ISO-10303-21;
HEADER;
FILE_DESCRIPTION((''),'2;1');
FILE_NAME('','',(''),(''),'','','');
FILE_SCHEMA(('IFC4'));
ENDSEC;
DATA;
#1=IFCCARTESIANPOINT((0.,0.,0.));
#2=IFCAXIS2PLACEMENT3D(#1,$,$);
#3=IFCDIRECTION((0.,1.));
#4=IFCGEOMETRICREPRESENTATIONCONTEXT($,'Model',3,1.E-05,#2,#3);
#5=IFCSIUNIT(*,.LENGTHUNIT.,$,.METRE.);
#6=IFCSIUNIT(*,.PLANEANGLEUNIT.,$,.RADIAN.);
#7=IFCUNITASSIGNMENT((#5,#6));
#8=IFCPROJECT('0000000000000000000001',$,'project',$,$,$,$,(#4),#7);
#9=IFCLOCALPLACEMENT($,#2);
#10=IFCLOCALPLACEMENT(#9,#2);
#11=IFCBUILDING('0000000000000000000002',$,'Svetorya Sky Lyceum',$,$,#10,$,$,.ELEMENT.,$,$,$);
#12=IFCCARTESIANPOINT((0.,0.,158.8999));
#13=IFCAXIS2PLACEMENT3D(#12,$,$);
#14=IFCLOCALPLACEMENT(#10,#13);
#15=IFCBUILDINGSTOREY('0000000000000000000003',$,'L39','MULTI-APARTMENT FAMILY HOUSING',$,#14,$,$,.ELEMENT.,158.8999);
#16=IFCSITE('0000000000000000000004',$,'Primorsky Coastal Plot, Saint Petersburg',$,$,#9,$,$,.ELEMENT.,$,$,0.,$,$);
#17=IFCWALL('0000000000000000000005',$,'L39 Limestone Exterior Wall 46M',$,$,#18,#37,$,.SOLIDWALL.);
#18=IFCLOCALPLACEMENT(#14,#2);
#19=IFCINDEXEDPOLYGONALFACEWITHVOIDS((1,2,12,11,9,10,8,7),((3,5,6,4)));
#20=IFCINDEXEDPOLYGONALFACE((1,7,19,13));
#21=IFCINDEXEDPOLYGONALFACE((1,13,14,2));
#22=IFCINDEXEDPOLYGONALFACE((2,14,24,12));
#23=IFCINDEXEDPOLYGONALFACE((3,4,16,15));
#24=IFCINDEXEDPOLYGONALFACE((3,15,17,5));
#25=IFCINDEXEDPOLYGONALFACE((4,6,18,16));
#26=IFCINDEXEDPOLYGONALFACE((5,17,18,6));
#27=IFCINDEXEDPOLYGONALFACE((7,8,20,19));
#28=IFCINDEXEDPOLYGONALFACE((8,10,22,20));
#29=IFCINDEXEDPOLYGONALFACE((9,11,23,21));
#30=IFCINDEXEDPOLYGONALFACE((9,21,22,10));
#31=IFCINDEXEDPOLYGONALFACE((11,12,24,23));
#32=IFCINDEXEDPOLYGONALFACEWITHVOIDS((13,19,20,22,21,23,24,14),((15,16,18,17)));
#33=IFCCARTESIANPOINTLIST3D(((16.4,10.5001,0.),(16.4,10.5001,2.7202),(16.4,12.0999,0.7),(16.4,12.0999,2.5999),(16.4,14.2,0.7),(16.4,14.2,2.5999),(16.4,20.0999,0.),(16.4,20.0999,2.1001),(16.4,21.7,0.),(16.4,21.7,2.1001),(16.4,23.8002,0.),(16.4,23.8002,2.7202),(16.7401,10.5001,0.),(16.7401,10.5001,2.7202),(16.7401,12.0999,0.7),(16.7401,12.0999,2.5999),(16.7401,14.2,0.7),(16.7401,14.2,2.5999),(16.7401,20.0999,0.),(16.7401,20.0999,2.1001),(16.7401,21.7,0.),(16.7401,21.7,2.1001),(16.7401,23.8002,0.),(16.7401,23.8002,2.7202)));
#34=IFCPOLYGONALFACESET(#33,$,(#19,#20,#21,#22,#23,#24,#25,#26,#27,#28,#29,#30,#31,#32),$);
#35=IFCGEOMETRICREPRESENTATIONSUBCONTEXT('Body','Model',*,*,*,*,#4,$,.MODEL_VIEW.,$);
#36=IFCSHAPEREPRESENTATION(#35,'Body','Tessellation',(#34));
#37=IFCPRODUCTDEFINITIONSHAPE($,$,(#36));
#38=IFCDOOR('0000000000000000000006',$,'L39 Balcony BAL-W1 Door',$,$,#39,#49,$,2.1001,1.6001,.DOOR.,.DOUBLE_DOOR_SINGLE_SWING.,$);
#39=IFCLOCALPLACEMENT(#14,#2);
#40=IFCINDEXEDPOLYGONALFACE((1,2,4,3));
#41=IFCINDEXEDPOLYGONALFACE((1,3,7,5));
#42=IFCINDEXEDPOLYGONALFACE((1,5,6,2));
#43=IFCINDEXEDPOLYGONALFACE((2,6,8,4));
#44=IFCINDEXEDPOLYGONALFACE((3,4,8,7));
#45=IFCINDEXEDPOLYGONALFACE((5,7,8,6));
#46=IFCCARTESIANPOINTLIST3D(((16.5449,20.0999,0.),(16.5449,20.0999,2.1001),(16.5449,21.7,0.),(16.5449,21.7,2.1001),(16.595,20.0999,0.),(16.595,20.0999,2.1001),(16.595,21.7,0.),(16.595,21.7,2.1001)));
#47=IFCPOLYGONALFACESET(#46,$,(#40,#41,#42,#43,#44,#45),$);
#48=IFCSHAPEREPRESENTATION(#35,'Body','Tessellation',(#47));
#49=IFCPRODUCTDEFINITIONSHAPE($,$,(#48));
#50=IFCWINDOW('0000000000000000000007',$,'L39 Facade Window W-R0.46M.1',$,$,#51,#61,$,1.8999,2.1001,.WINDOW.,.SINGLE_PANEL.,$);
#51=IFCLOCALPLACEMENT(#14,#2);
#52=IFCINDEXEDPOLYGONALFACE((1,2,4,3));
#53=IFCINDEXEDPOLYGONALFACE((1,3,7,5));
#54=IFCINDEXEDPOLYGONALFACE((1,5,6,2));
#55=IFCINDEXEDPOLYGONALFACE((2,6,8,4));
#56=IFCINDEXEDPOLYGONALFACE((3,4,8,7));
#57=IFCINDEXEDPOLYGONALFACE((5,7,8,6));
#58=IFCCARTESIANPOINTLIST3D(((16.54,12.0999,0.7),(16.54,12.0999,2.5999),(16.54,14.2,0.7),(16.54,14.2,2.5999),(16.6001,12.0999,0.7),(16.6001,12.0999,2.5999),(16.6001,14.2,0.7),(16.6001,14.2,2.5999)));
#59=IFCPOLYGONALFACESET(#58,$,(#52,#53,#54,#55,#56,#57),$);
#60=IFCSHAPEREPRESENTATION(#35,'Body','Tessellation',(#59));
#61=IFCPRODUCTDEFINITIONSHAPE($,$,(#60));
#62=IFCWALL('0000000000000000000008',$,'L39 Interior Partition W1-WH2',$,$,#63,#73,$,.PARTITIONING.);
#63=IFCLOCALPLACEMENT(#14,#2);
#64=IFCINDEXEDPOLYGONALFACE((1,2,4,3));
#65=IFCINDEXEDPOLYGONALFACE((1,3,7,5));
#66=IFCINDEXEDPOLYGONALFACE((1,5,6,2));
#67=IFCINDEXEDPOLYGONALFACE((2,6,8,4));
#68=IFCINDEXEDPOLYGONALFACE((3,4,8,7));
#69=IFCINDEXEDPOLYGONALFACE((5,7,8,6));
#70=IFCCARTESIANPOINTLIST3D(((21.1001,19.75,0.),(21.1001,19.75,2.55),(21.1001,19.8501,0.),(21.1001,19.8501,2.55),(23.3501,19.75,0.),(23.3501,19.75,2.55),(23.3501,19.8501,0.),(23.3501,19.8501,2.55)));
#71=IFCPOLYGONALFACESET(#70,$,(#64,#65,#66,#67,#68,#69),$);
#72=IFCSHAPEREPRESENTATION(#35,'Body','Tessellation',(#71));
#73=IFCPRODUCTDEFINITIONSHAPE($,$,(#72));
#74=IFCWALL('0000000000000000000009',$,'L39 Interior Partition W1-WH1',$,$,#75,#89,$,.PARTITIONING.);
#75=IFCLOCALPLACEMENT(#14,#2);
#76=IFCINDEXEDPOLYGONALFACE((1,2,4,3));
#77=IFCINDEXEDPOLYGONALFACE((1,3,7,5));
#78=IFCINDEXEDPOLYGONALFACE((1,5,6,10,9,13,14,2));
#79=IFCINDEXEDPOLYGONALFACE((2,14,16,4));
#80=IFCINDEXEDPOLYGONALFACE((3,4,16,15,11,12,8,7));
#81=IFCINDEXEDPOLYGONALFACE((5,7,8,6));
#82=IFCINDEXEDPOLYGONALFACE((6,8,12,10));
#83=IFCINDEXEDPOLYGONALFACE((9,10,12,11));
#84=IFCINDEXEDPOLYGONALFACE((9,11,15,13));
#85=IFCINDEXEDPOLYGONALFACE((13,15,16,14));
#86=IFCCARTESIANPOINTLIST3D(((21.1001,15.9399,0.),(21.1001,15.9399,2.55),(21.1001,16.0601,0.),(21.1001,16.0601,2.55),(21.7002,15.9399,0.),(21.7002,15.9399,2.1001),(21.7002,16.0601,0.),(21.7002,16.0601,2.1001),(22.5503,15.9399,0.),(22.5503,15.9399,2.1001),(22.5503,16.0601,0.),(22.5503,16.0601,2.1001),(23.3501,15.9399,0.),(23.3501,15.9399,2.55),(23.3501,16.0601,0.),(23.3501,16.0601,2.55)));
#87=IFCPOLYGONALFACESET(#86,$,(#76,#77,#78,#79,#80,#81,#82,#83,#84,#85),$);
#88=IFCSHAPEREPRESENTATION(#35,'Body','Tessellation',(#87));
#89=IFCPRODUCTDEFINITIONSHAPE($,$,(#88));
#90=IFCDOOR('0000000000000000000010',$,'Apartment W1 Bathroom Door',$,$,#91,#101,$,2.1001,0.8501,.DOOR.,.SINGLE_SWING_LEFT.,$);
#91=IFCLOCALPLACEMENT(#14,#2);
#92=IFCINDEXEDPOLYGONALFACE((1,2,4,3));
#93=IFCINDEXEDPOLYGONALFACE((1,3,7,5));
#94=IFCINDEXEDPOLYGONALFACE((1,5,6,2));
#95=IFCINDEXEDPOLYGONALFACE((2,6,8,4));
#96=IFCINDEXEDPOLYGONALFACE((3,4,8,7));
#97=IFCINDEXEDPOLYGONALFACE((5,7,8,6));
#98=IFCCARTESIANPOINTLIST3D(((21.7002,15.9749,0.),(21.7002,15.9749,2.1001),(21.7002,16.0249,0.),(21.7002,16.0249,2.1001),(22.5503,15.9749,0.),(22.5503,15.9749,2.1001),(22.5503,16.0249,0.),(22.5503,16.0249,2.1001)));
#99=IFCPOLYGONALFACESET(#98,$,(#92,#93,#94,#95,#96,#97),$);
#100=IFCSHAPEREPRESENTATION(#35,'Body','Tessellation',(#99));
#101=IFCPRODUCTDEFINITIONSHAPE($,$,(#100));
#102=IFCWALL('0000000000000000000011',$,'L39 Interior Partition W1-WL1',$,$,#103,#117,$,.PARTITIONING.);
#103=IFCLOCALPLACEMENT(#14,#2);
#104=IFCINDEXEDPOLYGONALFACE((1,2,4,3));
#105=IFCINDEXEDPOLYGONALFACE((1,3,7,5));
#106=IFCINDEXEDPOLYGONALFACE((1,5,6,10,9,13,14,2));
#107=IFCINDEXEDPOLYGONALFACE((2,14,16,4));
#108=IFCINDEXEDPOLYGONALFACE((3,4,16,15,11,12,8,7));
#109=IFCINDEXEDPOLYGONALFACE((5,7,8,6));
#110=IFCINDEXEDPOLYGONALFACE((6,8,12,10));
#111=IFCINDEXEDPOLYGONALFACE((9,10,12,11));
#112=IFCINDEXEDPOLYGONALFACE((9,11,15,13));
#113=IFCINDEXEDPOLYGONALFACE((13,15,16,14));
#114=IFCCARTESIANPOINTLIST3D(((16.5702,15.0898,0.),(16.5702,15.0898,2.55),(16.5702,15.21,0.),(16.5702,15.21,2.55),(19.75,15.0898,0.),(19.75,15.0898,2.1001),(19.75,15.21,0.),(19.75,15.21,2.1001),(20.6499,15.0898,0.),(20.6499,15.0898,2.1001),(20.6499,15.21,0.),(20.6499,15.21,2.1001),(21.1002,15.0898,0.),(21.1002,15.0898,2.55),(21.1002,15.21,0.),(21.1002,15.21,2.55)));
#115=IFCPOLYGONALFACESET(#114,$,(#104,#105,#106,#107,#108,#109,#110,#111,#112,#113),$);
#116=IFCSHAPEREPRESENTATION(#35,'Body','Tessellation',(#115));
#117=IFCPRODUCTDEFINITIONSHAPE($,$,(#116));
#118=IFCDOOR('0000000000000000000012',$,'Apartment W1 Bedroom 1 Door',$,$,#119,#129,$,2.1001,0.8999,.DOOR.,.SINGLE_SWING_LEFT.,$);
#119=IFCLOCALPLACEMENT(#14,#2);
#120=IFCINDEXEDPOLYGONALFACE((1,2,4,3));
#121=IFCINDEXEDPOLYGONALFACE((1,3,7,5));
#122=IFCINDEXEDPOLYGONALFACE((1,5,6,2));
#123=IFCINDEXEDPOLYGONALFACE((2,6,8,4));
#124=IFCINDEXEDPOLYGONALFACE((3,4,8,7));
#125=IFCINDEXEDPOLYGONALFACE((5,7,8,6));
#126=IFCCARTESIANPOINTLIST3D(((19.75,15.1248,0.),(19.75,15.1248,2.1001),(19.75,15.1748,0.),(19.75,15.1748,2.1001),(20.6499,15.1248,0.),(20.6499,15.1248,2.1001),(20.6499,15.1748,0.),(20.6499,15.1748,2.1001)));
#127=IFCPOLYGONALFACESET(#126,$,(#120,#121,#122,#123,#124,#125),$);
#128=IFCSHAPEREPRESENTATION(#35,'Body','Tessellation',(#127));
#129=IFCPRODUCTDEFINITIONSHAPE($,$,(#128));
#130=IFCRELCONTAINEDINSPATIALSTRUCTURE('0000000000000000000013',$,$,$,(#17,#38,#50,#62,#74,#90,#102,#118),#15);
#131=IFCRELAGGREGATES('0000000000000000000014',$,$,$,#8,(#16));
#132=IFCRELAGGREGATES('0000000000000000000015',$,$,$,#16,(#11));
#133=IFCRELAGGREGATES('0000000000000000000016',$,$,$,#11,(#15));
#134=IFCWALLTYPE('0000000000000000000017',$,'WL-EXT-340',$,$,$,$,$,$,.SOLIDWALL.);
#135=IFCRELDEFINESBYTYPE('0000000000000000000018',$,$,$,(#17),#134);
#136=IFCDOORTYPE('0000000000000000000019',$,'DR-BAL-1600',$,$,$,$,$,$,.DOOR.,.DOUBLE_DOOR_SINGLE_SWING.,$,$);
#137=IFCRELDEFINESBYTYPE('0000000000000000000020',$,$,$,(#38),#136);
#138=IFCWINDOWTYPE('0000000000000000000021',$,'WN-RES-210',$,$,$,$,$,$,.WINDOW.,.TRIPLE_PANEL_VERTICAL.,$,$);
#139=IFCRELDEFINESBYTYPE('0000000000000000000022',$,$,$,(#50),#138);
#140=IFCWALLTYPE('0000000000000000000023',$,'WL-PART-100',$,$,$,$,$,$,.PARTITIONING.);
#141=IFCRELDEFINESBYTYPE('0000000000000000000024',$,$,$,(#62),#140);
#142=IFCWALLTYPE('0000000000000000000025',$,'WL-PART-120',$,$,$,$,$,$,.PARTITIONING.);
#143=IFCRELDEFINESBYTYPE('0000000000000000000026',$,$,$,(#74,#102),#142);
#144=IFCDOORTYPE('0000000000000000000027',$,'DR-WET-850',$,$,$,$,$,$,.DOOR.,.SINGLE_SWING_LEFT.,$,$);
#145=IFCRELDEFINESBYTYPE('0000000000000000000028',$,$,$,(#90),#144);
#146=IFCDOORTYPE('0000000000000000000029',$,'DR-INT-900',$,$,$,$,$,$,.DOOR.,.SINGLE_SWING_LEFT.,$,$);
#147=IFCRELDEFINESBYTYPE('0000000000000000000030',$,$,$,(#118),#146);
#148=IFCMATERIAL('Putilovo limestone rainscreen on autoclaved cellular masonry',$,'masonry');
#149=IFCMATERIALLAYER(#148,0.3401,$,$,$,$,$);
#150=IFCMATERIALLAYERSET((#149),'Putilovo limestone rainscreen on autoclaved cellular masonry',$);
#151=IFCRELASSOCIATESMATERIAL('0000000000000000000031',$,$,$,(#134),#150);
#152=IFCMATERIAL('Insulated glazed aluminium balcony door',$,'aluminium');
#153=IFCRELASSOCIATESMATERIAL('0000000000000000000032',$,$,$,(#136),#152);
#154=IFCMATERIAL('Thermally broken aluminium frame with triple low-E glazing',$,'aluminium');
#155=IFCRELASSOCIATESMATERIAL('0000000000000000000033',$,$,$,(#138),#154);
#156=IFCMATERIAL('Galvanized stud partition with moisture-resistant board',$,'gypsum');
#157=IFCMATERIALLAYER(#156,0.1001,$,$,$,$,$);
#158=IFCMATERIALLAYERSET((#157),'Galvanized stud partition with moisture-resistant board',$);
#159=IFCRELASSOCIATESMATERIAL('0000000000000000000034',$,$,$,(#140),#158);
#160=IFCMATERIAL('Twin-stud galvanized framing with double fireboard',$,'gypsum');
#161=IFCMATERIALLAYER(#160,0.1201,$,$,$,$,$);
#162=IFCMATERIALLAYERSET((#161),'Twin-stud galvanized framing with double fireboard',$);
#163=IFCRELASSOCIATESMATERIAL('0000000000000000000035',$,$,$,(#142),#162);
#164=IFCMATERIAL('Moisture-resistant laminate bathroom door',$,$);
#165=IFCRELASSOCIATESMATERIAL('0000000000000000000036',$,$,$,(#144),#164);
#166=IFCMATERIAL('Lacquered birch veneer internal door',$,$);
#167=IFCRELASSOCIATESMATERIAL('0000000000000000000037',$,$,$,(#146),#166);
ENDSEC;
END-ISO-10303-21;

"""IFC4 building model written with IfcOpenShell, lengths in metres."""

from ifc_helpers import new_model, si_unit, direction, frame, frame_2d, origin, place, context, subcontext, project, spatial, rectangle, extrude, material, layer, layer_set, type_object, element, fill, save


model = new_model("IFC4")

# Units and contexts
model_context = context("Model", 3, precision=1e-05, world=origin(), true_north=direction((0.0, 1.0)))
body_context = subcontext(model_context, "Body", "Model", "MODEL_VIEW")
ifc_project = project(units=[si_unit("LENGTHUNIT", "METRE"), si_unit("PLANEANGLEUNIT", "RADIAN")], contexts=[model_context])

# Site, building, storey
site_placement = place(None, origin())
site = spatial("IfcSite", under=ifc_project, at=site_placement, Name="Primorsky Coastal Plot, Saint Petersburg", CompositionType="ELEMENT", RefElevation=0.0)
building_placement = place(site_placement, origin())
building = spatial("IfcBuilding", under=site, at=building_placement, Name="Svetorya Sky Lyceum", CompositionType="ELEMENT")
storey_placement = place(building_placement, frame((0.0, 0.0, 158.8999)))
storey = spatial("IfcBuildingStorey", under=building, at=storey_placement, Name="L39", Description="MULTI-APARTMENT FAMILY HOUSING", CompositionType="ELEMENT", Elevation=158.8999)

# Shared definitions
ifc_material_1 = material(Name="Putilovo limestone rainscreen on autoclaved cellular masonry", Category="masonry")
ifc_layer_1 = layer(ifc_material_1, 0.3401)
ifc_layer_set_1 = layer_set([ifc_layer_1], Name="Putilovo limestone rainscreen on autoclaved cellular masonry")
wall_type_1 = type_object("IfcWallType", Name="WL-EXT-340", PredefinedType="SOLIDWALL", material=ifc_layer_set_1)

# Shared definitions
ifc_material_2 = material(Name="Thermally broken aluminium frame with triple low-E glazing", Category="aluminium")

# Wall, openings, door, window
wall_1_placement = place(storey_placement, frame((16.5701, 23.8, 0.0), z_axis=(0.0, 0.0, 1.0), x_axis=(0.0, -1.0, 0.0)))
wall_1 = element("IfcWall", 1, at=wall_1_placement, inside=storey, type_object=wall_type_1, Name="L39 Limestone Exterior Wall 46M", PredefinedType="SOLIDWALL", context=body_context, shape_type="SweptSolid", body=[
    extrude(rectangle(XDim=13.3, YDim=0.3401, at=frame_2d((6.6499, 0.0))), origin(), (0.0, 0.0, 1.0), 2.7202),
])
opening_1_placement = place(wall_1_placement, frame((2.1001, 0.0, 0.0)))
opening_1 = element("IfcOpeningElement", 2, at=opening_1_placement, cuts=wall_1, PredefinedType="OPENING", context=body_context, shape_type="SweptSolid", body=[
    extrude(rectangle(XDim=1.6001, YDim=2.1001, at=frame_2d((0.8, 1.05))), frame((0.0, 0.1799, 0.0), z_axis=(0.0, -1.0, 0.0), x_axis=(1.0, 0.0, 0.0)), (0.0, 0.0, 1.0), 0.3601),
])
opening_2_placement = place(wall_1_placement, frame((9.6001, 0.0, 0.7)))
opening_2 = element("IfcOpeningElement", 3, at=opening_2_placement, cuts=wall_1, PredefinedType="OPENING", context=body_context, shape_type="SweptSolid", body=[
    extrude(rectangle(XDim=2.1001, YDim=1.8999, at=frame_2d((1.05, 0.95))), frame((0.0, 0.1799, 0.0), z_axis=(0.0, -1.0, 0.0), x_axis=(1.0, 0.0, 0.0)), (0.0, 0.0, 1.0), 0.3601),
])
ifc_material_3 = material(Name="Insulated glazed aluminium balcony door", Category="aluminium")
door_type_1 = type_object("IfcDoorType", Name="DR-BAL-1600", OperationType="DOUBLE_DOOR_SINGLE_SWING", PredefinedType="DOOR", material=ifc_material_3)
door_1_placement = place(opening_1_placement, origin())
door_1 = element("IfcDoor", 4, at=door_1_placement, inside=storey, type_object=door_type_1, Name="L39 Balcony BAL-W1 Door", OperationType="DOUBLE_DOOR_SINGLE_SWING", OverallHeight=2.1001, OverallWidth=1.6001, PredefinedType="DOOR", context=body_context, shape_type="SweptSolid", body=[
    extrude(rectangle(XDim=1.6001, YDim=2.1001, at=frame_2d((0.8, 1.05))), frame((0.0, 0.0249, 0.0), z_axis=(0.0, -1.0, 0.0), x_axis=(1.0, 0.0, 0.0)), (0.0, 0.0, 1.0), 0.05),
])
fill(opening_1, door_1)
window_type_1 = type_object("IfcWindowType", Name="WN-RES-210", PartitioningType="TRIPLE_PANEL_VERTICAL", PredefinedType="WINDOW", material=ifc_material_2)
window_1_placement = place(opening_2_placement, origin())
window_1 = element("IfcWindow", 5, at=window_1_placement, inside=storey, type_object=window_type_1, Name="L39 Facade Window W-R0.46M.1", OverallHeight=1.8999, OverallWidth=2.1001, PartitioningType="SINGLE_PANEL", PredefinedType="WINDOW", context=body_context, shape_type="SweptSolid", body=[
    extrude(rectangle(XDim=2.1001, YDim=1.8999, at=frame_2d((1.05, 0.95))), frame((0.0, 0.03, 0.0), z_axis=(0.0, -1.0, 0.0), x_axis=(1.0, 0.0, 0.0)), (0.0, 0.0, 1.0), 0.0601),
])
fill(opening_2, window_1)

# Wall
ifc_material_4 = material(Name="Galvanized stud partition with moisture-resistant board", Category="gypsum")
ifc_layer_2 = layer(ifc_material_4, 0.1001)
ifc_layer_set_2 = layer_set([ifc_layer_2], Name="Galvanized stud partition with moisture-resistant board")
wall_type_2 = type_object("IfcWallType", Name="WL-PART-100", PredefinedType="PARTITIONING", material=ifc_layer_set_2)
wall_2_placement = place(storey_placement, frame((21.1001, 19.8, 0.0), z_axis=(0.0, 0.0, 1.0), x_axis=(1.0, 0.0, 0.0)))
element("IfcWall", 6, at=wall_2_placement, inside=storey, type_object=wall_type_2, Name="L39 Interior Partition W1-WH2", PredefinedType="PARTITIONING", context=body_context, shape_type="SweptSolid", body=[
    extrude(rectangle(XDim=2.25, YDim=0.1001, at=frame_2d((1.125, 0.0))), origin(), (0.0, 0.0, 1.0), 2.55),
])

# Walls, openings, doors
ifc_material_5 = material(Name="Twin-stud galvanized framing with double fireboard", Category="gypsum")
ifc_layer_3 = layer(ifc_material_5, 0.1201)
ifc_layer_set_3 = layer_set([ifc_layer_3], Name="Twin-stud galvanized framing with double fireboard")
wall_type_3 = type_object("IfcWallType", Name="WL-PART-120", PredefinedType="PARTITIONING", material=ifc_layer_set_3)
wall_3_placement = place(storey_placement, frame((21.1001, 16.0, 0.0), z_axis=(0.0, 0.0, 1.0), x_axis=(1.0, 0.0, 0.0)))
wall_3 = element("IfcWall", 7, at=wall_3_placement, inside=storey, type_object=wall_type_3, Name="L39 Interior Partition W1-WH1", PredefinedType="PARTITIONING", context=body_context, shape_type="SweptSolid", body=[
    extrude(rectangle(XDim=2.25, YDim=0.1201, at=frame_2d((1.125, 0.0))), origin(), (0.0, 0.0, 1.0), 2.55),
])
opening_3_placement = place(wall_3_placement, frame((0.6001, 0.0, 0.0)))
opening_3 = element("IfcOpeningElement", 8, at=opening_3_placement, cuts=wall_3, PredefinedType="OPENING", context=body_context, shape_type="SweptSolid", body=[
    extrude(rectangle(XDim=0.8501, YDim=2.1001, at=frame_2d((0.425, 1.05))), frame((0.0, 0.0701, 0.0), z_axis=(0.0, -1.0, 0.0), x_axis=(1.0, 0.0, 0.0)), (0.0, 0.0, 1.0), 0.1401),
])
ifc_material_6 = material(Name="Moisture-resistant laminate bathroom door")
door_type_2 = type_object("IfcDoorType", Name="DR-WET-850", OperationType="SINGLE_SWING_LEFT", PredefinedType="DOOR", material=ifc_material_6)
door_2_placement = place(opening_3_placement, origin())
door_2 = element("IfcDoor", 9, at=door_2_placement, inside=storey, type_object=door_type_2, Name="Apartment W1 Bathroom Door", OperationType="SINGLE_SWING_LEFT", OverallHeight=2.1001, OverallWidth=0.8501, PredefinedType="DOOR", context=body_context, shape_type="SweptSolid", body=[
    extrude(rectangle(XDim=0.8501, YDim=2.1001, at=frame_2d((0.425, 1.05))), frame((0.0, 0.0249, 0.0), z_axis=(0.0, -1.0, 0.0), x_axis=(1.0, 0.0, 0.0)), (0.0, 0.0, 1.0), 0.05),
])
fill(opening_3, door_2)
wall_4_placement = place(storey_placement, frame((16.5701, 15.1499, 0.0), z_axis=(0.0, 0.0, 1.0), x_axis=(1.0, 0.0, 0.0)))
wall_4 = element("IfcWall", 10, at=wall_4_placement, inside=storey, type_object=wall_type_3, Name="L39 Interior Partition W1-WL1", PredefinedType="PARTITIONING", context=body_context, shape_type="SweptSolid", body=[
    extrude(rectangle(XDim=4.53, YDim=0.1201, at=frame_2d((2.2651, 0.0))), origin(), (0.0, 0.0, 1.0), 2.55),
])
opening_4_placement = place(wall_4_placement, frame((3.1799, 0.0, 0.0)))
opening_4 = element("IfcOpeningElement", 11, at=opening_4_placement, cuts=wall_4, PredefinedType="OPENING", context=body_context, shape_type="SweptSolid", body=[
    extrude(rectangle(XDim=0.8999, YDim=2.1001, at=frame_2d((0.45, 1.05))), frame((0.0, 0.0701, 0.0), z_axis=(0.0, -1.0, 0.0), x_axis=(1.0, 0.0, 0.0)), (0.0, 0.0, 1.0), 0.1401),
])
ifc_material_7 = material(Name="Lacquered birch veneer internal door")
door_type_3 = type_object("IfcDoorType", Name="DR-INT-900", OperationType="SINGLE_SWING_LEFT", PredefinedType="DOOR", material=ifc_material_7)
door_3_placement = place(opening_4_placement, origin())
door_3 = element("IfcDoor", 12, at=door_3_placement, inside=storey, type_object=door_type_3, Name="Apartment W1 Bedroom 1 Door", OperationType="SINGLE_SWING_LEFT", OverallHeight=2.1001, OverallWidth=0.8999, PredefinedType="DOOR", context=body_context, shape_type="SweptSolid", body=[
    extrude(rectangle(XDim=0.8999, YDim=2.1001, at=frame_2d((0.45, 1.05))), frame((0.0, 0.0249, 0.0), z_axis=(0.0, -1.0, 0.0), x_axis=(1.0, 0.0, 0.0)), (0.0, 0.0, 1.0), 0.05),
])
fill(opening_4, door_3)

save(model, "model.ifc")
